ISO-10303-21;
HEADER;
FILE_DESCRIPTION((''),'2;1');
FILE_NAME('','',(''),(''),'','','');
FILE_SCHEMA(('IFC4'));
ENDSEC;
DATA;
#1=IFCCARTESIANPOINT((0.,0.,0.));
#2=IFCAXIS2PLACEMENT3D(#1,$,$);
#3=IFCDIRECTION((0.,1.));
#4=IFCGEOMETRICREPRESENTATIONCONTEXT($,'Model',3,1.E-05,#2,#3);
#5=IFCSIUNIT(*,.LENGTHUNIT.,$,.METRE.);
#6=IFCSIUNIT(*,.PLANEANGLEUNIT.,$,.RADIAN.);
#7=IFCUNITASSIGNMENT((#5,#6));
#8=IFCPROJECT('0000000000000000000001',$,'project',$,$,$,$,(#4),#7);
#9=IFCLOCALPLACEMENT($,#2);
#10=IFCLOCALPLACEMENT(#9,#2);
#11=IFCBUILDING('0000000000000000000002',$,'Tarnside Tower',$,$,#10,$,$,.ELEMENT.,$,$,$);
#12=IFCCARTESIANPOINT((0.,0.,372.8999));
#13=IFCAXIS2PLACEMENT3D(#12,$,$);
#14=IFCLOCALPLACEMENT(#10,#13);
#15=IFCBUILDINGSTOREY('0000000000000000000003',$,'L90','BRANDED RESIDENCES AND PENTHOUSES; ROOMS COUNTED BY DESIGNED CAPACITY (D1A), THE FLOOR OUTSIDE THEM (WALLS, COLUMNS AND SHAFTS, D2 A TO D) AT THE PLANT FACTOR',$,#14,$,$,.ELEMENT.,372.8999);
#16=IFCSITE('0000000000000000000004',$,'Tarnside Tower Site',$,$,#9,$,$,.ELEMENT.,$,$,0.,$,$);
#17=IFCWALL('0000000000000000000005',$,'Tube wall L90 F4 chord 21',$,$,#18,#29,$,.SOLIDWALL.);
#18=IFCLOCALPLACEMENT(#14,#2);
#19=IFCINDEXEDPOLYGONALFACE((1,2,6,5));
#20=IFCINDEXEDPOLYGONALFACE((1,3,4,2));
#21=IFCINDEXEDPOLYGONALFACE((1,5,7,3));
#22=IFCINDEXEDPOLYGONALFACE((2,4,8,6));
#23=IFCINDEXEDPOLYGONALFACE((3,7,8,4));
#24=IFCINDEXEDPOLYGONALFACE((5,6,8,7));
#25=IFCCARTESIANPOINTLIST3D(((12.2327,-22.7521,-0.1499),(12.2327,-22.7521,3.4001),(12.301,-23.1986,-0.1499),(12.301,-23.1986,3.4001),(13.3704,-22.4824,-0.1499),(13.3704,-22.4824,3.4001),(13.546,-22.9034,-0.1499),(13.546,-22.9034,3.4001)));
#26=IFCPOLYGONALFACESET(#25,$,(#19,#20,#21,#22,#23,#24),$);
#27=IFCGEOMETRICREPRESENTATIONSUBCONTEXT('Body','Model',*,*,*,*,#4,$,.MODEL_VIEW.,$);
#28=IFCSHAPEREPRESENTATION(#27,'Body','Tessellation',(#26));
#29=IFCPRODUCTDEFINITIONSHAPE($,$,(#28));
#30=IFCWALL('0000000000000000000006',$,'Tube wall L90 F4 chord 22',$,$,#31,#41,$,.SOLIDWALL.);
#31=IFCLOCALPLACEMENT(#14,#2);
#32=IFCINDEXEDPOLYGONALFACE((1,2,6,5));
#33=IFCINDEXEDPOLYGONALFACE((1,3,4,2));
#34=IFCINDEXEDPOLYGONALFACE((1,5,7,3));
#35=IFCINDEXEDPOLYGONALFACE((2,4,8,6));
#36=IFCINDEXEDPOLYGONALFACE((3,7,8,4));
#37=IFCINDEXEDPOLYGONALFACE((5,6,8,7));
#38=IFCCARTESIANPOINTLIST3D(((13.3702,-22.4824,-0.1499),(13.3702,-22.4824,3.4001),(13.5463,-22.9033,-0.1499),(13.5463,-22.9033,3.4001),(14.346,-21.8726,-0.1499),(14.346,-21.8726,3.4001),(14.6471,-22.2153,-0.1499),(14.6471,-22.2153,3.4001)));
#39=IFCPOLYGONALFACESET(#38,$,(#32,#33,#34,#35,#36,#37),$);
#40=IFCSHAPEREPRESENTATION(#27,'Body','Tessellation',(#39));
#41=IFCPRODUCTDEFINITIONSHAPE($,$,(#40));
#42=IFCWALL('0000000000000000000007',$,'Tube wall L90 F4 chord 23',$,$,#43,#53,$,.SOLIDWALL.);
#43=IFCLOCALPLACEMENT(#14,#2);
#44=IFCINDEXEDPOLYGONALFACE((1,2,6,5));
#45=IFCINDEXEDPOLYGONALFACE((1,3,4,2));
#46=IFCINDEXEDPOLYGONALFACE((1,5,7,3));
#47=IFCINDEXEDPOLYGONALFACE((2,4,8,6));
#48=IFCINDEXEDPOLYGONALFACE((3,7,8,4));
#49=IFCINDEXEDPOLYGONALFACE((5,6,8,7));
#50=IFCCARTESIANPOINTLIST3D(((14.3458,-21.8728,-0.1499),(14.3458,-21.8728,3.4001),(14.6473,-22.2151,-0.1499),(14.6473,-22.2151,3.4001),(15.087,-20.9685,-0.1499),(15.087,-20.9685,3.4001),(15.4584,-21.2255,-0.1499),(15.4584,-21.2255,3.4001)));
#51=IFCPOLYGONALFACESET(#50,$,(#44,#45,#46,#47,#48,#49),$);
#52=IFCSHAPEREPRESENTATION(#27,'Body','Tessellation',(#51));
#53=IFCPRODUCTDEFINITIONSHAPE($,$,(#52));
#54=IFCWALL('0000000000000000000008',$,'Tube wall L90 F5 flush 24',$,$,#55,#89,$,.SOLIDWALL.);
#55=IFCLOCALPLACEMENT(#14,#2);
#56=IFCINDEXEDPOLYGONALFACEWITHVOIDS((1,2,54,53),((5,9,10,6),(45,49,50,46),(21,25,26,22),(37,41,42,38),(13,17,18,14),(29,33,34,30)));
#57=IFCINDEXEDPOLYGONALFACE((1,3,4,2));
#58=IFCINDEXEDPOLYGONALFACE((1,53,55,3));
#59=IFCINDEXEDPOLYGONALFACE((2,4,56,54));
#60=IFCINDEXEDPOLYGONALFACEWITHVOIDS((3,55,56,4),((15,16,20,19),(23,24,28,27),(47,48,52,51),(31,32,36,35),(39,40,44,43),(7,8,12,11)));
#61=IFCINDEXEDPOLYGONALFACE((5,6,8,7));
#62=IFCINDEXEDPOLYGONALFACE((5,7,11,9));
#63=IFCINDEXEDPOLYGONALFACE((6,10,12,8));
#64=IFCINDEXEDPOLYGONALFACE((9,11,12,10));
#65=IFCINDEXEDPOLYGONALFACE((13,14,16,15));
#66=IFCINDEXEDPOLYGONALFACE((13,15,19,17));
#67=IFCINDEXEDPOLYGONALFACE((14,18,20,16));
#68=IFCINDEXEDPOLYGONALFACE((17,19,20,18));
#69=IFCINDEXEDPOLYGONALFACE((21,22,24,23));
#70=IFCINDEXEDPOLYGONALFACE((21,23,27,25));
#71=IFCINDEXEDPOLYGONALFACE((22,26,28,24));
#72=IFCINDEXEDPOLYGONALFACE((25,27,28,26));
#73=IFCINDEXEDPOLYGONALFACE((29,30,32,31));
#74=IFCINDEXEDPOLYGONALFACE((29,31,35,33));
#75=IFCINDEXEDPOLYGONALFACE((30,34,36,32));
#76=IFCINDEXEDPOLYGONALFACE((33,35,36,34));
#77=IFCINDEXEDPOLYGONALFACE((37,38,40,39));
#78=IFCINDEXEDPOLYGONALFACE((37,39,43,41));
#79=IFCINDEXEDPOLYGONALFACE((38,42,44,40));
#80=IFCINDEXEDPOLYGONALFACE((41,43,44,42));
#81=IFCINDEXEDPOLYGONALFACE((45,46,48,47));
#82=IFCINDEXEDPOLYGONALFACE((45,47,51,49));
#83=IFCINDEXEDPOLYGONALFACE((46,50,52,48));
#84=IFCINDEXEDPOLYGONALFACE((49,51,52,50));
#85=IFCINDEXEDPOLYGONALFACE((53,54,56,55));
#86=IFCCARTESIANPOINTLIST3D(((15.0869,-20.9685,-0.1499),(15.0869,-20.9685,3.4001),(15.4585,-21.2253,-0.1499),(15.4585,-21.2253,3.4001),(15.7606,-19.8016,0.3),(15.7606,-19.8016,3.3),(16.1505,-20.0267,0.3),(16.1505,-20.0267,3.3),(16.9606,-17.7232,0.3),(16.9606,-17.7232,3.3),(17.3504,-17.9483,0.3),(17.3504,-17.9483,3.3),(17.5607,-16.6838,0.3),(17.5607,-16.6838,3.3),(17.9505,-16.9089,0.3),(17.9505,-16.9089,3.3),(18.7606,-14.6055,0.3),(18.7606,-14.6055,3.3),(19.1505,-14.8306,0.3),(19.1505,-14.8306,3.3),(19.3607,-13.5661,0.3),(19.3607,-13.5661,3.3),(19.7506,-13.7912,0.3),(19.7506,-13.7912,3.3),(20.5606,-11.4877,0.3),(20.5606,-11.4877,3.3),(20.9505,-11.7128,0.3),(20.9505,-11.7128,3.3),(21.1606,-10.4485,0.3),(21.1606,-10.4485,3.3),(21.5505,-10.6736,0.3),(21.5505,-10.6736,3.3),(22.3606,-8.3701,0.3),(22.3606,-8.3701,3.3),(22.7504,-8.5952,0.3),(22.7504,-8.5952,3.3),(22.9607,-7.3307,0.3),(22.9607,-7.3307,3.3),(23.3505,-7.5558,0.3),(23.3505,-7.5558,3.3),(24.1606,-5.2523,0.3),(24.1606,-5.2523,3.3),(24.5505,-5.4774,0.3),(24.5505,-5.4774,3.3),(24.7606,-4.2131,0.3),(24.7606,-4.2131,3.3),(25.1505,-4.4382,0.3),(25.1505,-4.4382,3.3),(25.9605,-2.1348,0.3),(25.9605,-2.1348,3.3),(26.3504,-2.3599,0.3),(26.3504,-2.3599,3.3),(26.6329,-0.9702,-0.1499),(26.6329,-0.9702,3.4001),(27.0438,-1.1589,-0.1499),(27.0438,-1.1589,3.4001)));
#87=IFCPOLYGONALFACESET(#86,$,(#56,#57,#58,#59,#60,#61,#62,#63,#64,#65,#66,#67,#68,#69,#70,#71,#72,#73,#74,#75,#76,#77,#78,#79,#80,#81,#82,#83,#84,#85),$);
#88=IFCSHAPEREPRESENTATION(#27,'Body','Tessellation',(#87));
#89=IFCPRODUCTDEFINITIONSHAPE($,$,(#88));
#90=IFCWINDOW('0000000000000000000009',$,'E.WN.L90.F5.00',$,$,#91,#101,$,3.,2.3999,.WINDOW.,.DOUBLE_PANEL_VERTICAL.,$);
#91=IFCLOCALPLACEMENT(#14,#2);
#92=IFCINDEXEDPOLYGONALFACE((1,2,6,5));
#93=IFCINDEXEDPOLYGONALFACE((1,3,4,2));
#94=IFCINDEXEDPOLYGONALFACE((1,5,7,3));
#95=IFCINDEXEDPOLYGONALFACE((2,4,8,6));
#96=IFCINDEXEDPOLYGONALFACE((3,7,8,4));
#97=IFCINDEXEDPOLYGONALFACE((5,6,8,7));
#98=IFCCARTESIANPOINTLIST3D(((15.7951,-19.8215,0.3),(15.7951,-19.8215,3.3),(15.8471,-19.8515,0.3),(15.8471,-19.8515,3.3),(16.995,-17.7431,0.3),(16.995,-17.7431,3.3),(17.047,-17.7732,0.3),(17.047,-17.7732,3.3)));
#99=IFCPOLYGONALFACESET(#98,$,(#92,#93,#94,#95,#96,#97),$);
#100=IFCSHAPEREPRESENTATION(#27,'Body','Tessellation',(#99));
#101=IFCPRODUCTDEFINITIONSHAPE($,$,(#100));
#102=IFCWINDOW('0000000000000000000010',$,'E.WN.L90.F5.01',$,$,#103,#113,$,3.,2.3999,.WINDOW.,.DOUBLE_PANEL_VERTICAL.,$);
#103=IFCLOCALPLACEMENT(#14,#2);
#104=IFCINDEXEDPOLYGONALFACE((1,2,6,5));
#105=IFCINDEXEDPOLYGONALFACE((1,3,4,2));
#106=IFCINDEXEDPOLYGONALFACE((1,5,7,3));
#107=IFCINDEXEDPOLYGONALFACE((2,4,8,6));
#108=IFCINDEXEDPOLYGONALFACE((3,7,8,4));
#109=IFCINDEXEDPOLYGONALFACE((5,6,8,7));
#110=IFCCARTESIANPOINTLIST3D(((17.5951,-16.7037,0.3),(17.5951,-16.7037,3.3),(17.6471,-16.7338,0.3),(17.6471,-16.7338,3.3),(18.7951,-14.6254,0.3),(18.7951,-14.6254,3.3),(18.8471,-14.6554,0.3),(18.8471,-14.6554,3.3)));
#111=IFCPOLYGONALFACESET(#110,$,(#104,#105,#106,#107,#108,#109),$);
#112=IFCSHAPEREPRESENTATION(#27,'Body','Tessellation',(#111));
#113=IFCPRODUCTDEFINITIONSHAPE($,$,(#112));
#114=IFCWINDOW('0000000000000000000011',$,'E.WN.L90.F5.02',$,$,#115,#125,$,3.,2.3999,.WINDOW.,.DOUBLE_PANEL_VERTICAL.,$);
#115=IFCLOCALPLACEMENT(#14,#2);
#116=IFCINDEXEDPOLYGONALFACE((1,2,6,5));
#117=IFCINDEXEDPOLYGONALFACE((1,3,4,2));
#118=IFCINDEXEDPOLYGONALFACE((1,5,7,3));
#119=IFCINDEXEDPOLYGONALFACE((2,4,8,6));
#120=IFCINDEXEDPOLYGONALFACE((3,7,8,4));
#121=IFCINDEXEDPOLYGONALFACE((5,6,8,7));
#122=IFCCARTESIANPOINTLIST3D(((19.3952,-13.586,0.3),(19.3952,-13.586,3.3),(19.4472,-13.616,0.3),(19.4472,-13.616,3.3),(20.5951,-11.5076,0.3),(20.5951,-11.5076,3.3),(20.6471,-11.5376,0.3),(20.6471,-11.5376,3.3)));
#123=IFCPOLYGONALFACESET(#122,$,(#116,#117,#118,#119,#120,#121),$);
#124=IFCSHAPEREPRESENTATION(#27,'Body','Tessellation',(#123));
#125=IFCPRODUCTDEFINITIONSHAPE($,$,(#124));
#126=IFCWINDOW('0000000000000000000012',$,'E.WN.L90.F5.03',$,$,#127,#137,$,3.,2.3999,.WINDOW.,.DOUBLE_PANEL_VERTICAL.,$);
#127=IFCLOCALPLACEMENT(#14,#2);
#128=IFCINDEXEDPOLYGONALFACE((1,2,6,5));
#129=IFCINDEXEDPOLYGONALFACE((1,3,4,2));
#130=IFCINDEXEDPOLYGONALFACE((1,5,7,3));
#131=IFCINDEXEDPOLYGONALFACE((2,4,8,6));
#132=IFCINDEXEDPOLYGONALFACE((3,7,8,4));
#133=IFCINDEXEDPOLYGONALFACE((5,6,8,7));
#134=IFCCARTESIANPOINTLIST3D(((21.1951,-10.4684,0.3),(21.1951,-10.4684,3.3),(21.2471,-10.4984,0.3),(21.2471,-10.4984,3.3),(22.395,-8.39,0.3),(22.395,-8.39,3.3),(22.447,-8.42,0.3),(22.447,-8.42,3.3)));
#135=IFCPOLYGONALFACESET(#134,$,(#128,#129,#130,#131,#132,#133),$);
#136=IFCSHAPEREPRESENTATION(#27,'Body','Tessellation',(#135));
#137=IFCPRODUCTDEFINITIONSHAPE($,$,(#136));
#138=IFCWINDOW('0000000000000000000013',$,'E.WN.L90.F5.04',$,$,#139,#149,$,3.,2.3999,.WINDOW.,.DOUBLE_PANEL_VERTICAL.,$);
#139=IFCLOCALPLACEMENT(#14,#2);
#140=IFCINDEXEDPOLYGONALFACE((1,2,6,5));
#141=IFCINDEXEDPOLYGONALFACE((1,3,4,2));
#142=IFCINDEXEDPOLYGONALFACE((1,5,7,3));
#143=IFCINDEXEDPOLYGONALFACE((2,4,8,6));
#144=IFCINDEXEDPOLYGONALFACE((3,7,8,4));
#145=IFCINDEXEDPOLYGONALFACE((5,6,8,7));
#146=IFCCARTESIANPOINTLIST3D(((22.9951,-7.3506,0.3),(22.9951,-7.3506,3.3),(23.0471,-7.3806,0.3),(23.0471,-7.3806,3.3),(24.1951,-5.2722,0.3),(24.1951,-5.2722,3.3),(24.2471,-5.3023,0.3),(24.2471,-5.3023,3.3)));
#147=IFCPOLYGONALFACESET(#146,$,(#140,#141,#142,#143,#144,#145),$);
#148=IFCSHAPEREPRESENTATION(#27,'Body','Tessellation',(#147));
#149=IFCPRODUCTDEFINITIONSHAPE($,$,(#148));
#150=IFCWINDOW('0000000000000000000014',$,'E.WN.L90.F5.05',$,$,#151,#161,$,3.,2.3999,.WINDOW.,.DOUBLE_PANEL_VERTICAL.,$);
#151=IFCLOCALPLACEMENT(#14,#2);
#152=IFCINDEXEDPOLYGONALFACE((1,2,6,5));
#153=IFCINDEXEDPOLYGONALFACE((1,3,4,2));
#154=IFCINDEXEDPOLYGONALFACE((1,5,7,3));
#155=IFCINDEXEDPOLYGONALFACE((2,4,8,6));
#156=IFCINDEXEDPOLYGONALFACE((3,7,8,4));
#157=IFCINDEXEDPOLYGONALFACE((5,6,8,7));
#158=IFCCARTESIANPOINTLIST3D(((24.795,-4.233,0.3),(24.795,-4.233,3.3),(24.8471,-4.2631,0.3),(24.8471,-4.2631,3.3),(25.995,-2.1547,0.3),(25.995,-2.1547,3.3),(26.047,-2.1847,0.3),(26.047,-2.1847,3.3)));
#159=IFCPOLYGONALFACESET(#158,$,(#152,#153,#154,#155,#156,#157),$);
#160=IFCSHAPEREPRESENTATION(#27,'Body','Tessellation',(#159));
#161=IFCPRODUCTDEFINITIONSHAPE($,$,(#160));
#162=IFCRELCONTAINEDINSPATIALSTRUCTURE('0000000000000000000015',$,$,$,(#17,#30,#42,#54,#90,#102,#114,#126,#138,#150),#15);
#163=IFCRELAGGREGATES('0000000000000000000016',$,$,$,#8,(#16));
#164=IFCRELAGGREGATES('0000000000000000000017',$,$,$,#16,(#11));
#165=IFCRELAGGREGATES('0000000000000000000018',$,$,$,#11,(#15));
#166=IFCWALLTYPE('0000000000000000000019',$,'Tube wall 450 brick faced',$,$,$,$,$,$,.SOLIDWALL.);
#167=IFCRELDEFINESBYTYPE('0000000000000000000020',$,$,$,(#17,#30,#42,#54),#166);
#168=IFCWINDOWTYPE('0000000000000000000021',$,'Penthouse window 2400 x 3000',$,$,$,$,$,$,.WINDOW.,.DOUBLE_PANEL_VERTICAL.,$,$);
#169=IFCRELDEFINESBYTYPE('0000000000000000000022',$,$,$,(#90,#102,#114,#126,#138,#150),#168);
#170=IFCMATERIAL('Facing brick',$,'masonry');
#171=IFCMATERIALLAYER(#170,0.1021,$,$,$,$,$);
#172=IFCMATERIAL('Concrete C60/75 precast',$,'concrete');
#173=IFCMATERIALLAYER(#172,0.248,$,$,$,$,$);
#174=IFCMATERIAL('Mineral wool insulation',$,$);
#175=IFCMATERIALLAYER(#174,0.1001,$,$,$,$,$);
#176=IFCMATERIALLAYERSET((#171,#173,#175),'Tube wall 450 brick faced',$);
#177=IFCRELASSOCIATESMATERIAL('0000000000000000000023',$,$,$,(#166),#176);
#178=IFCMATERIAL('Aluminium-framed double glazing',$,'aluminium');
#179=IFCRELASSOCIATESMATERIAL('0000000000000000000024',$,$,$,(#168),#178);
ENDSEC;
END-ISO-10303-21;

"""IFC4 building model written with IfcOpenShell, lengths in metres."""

from ifc_helpers import new_model, si_unit, direction, frame, frame_2d, origin, place, context, subcontext, project, spatial, polyline, rectangle, outline, extrude, material, layer, layer_set, type_object, element, fill, save


model = new_model("IFC4")

# Units and contexts
model_context = context("Model", 3, precision=1e-05, world=origin(), true_north=direction((0.0, 1.0)))
body_context = subcontext(model_context, "Body", "Model", "MODEL_VIEW")
ifc_project = project(units=[si_unit("LENGTHUNIT", "METRE"), si_unit("PLANEANGLEUNIT", "RADIAN")], contexts=[model_context])

# Site, building, storey
site_placement = place(None, origin())
site = spatial("IfcSite", under=ifc_project, at=site_placement, Name="Tarnside Tower Site", CompositionType="ELEMENT", RefElevation=0.0)
building_placement = place(site_placement, origin())
building = spatial("IfcBuilding", under=site, at=building_placement, Name="Tarnside Tower", CompositionType="ELEMENT")
storey_placement = place(building_placement, frame((0.0, 0.0, 372.8999)))
storey = spatial("IfcBuildingStorey", under=building, at=storey_placement, Name="L90", Description="BRANDED RESIDENCES AND PENTHOUSES; ROOMS COUNTED BY DESIGNED CAPACITY (D1A), THE FLOOR OUTSIDE THEM (WALLS, COLUMNS AND SHAFTS, D2 A TO D) AT THE PLANT FACTOR", CompositionType="ELEMENT", Elevation=372.8999)

# Shared definitions
ifc_material_1 = material(Name="Concrete C60/75 precast", Category="concrete")
ifc_material_2 = material(Name="Mineral wool insulation")

# Walls
ifc_material_3 = material(Name="Facing brick", Category="masonry")
ifc_layer_1 = layer(ifc_material_3, 0.1021)
ifc_layer_2 = layer(ifc_material_1, 0.248)
ifc_layer_3 = layer(ifc_material_2, 0.1001)
ifc_layer_set_1 = layer_set([ifc_layer_1, ifc_layer_2, ifc_layer_3], Name="Tube wall 450 brick faced")
wall_type_1 = type_object("IfcWallType", Name="Tube wall 450 brick faced", PredefinedType="SOLIDWALL", material=ifc_layer_set_1)
wall_1_placement = place(storey_placement, frame((12.2668, -22.9753, -0.1499), z_axis=(0.0, 0.0, 1.0), x_axis=(0.973026, 0.230695, 0.0)))
element("IfcWall", 1, at=wall_1_placement, inside=storey, type_object=wall_type_1, Name="Tube wall L90 F4 chord 21", PredefinedType="SOLIDWALL", context=body_context, shape_type="SweptSolid", body=[
    extrude(outline(polyline([(-0.0183, -0.2251), (1.2612, -0.2251), (1.1875, 0.2251), (0.0183, 0.2251), (-0.0183, -0.2251)])), origin(), (0.0, 0.0, 1.0), 3.55),
])
wall_2_placement = place(storey_placement, frame((13.4583, -22.6929, -0.1499), z_axis=(0.0, 0.0, 1.0), x_axis=(0.84801, 0.529981, 0.0)))
element("IfcWall", 2, at=wall_2_placement, inside=storey, type_object=wall_type_1, Name="Tube wall L90 F4 chord 22", PredefinedType="SOLIDWALL", context=body_context, shape_type="SweptSolid", body=[
    extrude(outline(polyline([(-0.0369, -0.2251), (1.2612, -0.2251), (1.1875, 0.2251), (0.0369, 0.2251), (-0.0369, -0.2251)])), origin(), (0.0, 0.0, 1.0), 3.55),
])
wall_3_placement = place(storey_placement, frame((14.4966, -22.0439, -0.1499), z_axis=(0.0, 0.0, 1.0), x_axis=(0.633867, 0.773442, 0.0)))
element("IfcWall", 3, at=wall_3_placement, inside=storey, type_object=wall_type_1, Name="Tube wall L90 F4 chord 23", PredefinedType="SOLIDWALL", context=body_context, shape_type="SweptSolid", body=[
    extrude(outline(polyline([(-0.0369, -0.2251), (1.2427, -0.2251), (1.2061, 0.2251), (0.0369, 0.2251), (-0.0369, -0.2251)])), origin(), (0.0, 0.0, 1.0), 3.55),
])

# Wall, openings, windows
wall_4_placement = place(storey_placement, frame((15.2727, -21.0969, -0.1499), z_axis=(0.0, 0.0, 1.0), x_axis=(0.499997, 0.866027, 0.0)))
wall_4 = element("IfcWall", 4, at=wall_4_placement, inside=storey, type_object=wall_type_1, Name="Tube wall L90 F5 flush 24", PredefinedType="SOLIDWALL", context=body_context, shape_type="SweptSolid", body=[
    extrude(outline(polyline([(-0.0183, -0.2251), (23.1523, -0.2251), (23.1104, 0.2251), (0.0183, 0.2251), (-0.0183, -0.2251)])), origin(), (0.0, 0.0, 1.0), 3.55),
])
opening_1_placement = place(wall_4_placement, frame((1.3657, 0.0, 0.45)))
opening_1 = element("IfcOpeningElement", 5, at=opening_1_placement, cuts=wall_4, PredefinedType="OPENING", context=body_context, shape_type="SweptSolid", body=[
    extrude(rectangle(XDim=2.3999, YDim=3.0, at=frame_2d((1.2, 1.5))), frame((0.0, 0.2349, 0.0), z_axis=(0.0, -1.0, 0.0), x_axis=(1.0, 0.0, 0.0)), (0.0, 0.0, 1.0), 0.47),
])
opening_2_placement = place(wall_4_placement, frame((4.9658, 0.0, 0.45)))
opening_2 = element("IfcOpeningElement", 6, at=opening_2_placement, cuts=wall_4, PredefinedType="OPENING", context=body_context, shape_type="SweptSolid", body=[
    extrude(rectangle(XDim=2.3999, YDim=3.0, at=frame_2d((1.2, 1.5))), frame((0.0, 0.2349, 0.0), z_axis=(0.0, -1.0, 0.0), x_axis=(1.0, 0.0, 0.0)), (0.0, 0.0, 1.0), 0.47),
])
opening_3_placement = place(wall_4_placement, frame((8.5659, 0.0, 0.45)))
opening_3 = element("IfcOpeningElement", 7, at=opening_3_placement, cuts=wall_4, PredefinedType="OPENING", context=body_context, shape_type="SweptSolid", body=[
    extrude(rectangle(XDim=2.3999, YDim=3.0, at=frame_2d((1.2, 1.5))), frame((0.0, 0.2349, 0.0), z_axis=(0.0, -1.0, 0.0), x_axis=(1.0, 0.0, 0.0)), (0.0, 0.0, 1.0), 0.47),
])
opening_4_placement = place(wall_4_placement, frame((12.1658, 0.0, 0.45)))
opening_4 = element("IfcOpeningElement", 8, at=opening_4_placement, cuts=wall_4, PredefinedType="OPENING", context=body_context, shape_type="SweptSolid", body=[
    extrude(rectangle(XDim=2.3999, YDim=3.0, at=frame_2d((1.2, 1.5))), frame((0.0, 0.2349, 0.0), z_axis=(0.0, -1.0, 0.0), x_axis=(1.0, 0.0, 0.0)), (0.0, 0.0, 1.0), 0.47),
])
opening_5_placement = place(wall_4_placement, frame((15.7659, 0.0, 0.45)))
opening_5 = element("IfcOpeningElement", 9, at=opening_5_placement, cuts=wall_4, PredefinedType="OPENING", context=body_context, shape_type="SweptSolid", body=[
    extrude(rectangle(XDim=2.3999, YDim=3.0, at=frame_2d((1.2, 1.5))), frame((0.0, 0.2349, 0.0), z_axis=(0.0, -1.0, 0.0), x_axis=(1.0, 0.0, 0.0)), (0.0, 0.0, 1.0), 0.47),
])
opening_6_placement = place(wall_4_placement, frame((19.3657, 0.0, 0.45)))
opening_6 = element("IfcOpeningElement", 10, at=opening_6_placement, cuts=wall_4, PredefinedType="OPENING", context=body_context, shape_type="SweptSolid", body=[
    extrude(rectangle(XDim=2.3999, YDim=3.0, at=frame_2d((1.2, 1.5))), frame((0.0, 0.2349, 0.0), z_axis=(0.0, -1.0, 0.0), x_axis=(1.0, 0.0, 0.0)), (0.0, 0.0, 1.0), 0.47),
])
ifc_material_4 = material(Name="Aluminium-framed double glazing", Category="aluminium")
window_type = type_object("IfcWindowType", Name="Penthouse window 2400 x 3000", PartitioningType="DOUBLE_PANEL_VERTICAL", PredefinedType="WINDOW", material=ifc_material_4)
window_1_placement = place(opening_1_placement, frame((0.0, 0.1553, 0.0)))
window_1 = element("IfcWindow", 11, at=window_1_placement, inside=storey, type_object=window_type, Name="E.WN.L90.F5.00", OverallHeight=3.0, OverallWidth=2.3999, PartitioningType="DOUBLE_PANEL_VERTICAL", PredefinedType="WINDOW", context=body_context, shape_type="SweptSolid", body=[
    extrude(rectangle(XDim=2.3999, YDim=3.0, at=frame_2d((1.2, 1.5))), frame((0.0, 0.03, 0.0), z_axis=(0.0, -1.0, 0.0), x_axis=(1.0, 0.0, 0.0)), (0.0, 0.0, 1.0), 0.0601),
])
fill(opening_1, window_1)
window_2_placement = place(opening_2_placement, frame((0.0, 0.1553, 0.0)))
window_2 = element("IfcWindow", 12, at=window_2_placement, inside=storey, type_object=window_type, Name="E.WN.L90.F5.01", OverallHeight=3.0, OverallWidth=2.3999, PartitioningType="DOUBLE_PANEL_VERTICAL", PredefinedType="WINDOW", context=body_context, shape_type="SweptSolid", body=[
    extrude(rectangle(XDim=2.3999, YDim=3.0, at=frame_2d((1.2, 1.5))), frame((0.0, 0.03, 0.0), z_axis=(0.0, -1.0, 0.0), x_axis=(1.0, 0.0, 0.0)), (0.0, 0.0, 1.0), 0.0601),
])
fill(opening_2, window_2)
window_3_placement = place(opening_3_placement, frame((0.0, 0.1553, 0.0)))
window_3 = element("IfcWindow", 13, at=window_3_placement, inside=storey, type_object=window_type, Name="E.WN.L90.F5.02", OverallHeight=3.0, OverallWidth=2.3999, PartitioningType="DOUBLE_PANEL_VERTICAL", PredefinedType="WINDOW", context=body_context, shape_type="SweptSolid", body=[
    extrude(rectangle(XDim=2.3999, YDim=3.0, at=frame_2d((1.2, 1.5))), frame((0.0, 0.03, 0.0), z_axis=(0.0, -1.0, 0.0), x_axis=(1.0, 0.0, 0.0)), (0.0, 0.0, 1.0), 0.0601),
])
fill(opening_3, window_3)
window_4_placement = place(opening_4_placement, frame((0.0, 0.1553, 0.0)))
window_4 = element("IfcWindow", 14, at=window_4_placement, inside=storey, type_object=window_type, Name="E.WN.L90.F5.03", OverallHeight=3.0, OverallWidth=2.3999, PartitioningType="DOUBLE_PANEL_VERTICAL", PredefinedType="WINDOW", context=body_context, shape_type="SweptSolid", body=[
    extrude(rectangle(XDim=2.3999, YDim=3.0, at=frame_2d((1.2, 1.5))), frame((0.0, 0.03, 0.0), z_axis=(0.0, -1.0, 0.0), x_axis=(1.0, 0.0, 0.0)), (0.0, 0.0, 1.0), 0.0601),
])
fill(opening_4, window_4)
window_5_placement = place(opening_5_placement, frame((0.0, 0.1553, 0.0)))
window_5 = element("IfcWindow", 15, at=window_5_placement, inside=storey, type_object=window_type, Name="E.WN.L90.F5.04", OverallHeight=3.0, OverallWidth=2.3999, PartitioningType="DOUBLE_PANEL_VERTICAL", PredefinedType="WINDOW", context=body_context, shape_type="SweptSolid", body=[
    extrude(rectangle(XDim=2.3999, YDim=3.0, at=frame_2d((1.2, 1.5))), frame((0.0, 0.03, 0.0), z_axis=(0.0, -1.0, 0.0), x_axis=(1.0, 0.0, 0.0)), (0.0, 0.0, 1.0), 0.0601),
])
fill(opening_5, window_5)
window_6_placement = place(opening_6_placement, frame((0.0, 0.1553, 0.0)))
window_6 = element("IfcWindow", 16, at=window_6_placement, inside=storey, type_object=window_type, Name="E.WN.L90.F5.05", OverallHeight=3.0, OverallWidth=2.3999, PartitioningType="DOUBLE_PANEL_VERTICAL", PredefinedType="WINDOW", context=body_context, shape_type="SweptSolid", body=[
    extrude(rectangle(XDim=2.3999, YDim=3.0, at=frame_2d((1.2, 1.5))), frame((0.0, 0.03, 0.0), z_axis=(0.0, -1.0, 0.0), x_axis=(1.0, 0.0, 0.0)), (0.0, 0.0, 1.0), 0.0601),
])
fill(opening_6, window_6)

save(model, "model.ifc")
